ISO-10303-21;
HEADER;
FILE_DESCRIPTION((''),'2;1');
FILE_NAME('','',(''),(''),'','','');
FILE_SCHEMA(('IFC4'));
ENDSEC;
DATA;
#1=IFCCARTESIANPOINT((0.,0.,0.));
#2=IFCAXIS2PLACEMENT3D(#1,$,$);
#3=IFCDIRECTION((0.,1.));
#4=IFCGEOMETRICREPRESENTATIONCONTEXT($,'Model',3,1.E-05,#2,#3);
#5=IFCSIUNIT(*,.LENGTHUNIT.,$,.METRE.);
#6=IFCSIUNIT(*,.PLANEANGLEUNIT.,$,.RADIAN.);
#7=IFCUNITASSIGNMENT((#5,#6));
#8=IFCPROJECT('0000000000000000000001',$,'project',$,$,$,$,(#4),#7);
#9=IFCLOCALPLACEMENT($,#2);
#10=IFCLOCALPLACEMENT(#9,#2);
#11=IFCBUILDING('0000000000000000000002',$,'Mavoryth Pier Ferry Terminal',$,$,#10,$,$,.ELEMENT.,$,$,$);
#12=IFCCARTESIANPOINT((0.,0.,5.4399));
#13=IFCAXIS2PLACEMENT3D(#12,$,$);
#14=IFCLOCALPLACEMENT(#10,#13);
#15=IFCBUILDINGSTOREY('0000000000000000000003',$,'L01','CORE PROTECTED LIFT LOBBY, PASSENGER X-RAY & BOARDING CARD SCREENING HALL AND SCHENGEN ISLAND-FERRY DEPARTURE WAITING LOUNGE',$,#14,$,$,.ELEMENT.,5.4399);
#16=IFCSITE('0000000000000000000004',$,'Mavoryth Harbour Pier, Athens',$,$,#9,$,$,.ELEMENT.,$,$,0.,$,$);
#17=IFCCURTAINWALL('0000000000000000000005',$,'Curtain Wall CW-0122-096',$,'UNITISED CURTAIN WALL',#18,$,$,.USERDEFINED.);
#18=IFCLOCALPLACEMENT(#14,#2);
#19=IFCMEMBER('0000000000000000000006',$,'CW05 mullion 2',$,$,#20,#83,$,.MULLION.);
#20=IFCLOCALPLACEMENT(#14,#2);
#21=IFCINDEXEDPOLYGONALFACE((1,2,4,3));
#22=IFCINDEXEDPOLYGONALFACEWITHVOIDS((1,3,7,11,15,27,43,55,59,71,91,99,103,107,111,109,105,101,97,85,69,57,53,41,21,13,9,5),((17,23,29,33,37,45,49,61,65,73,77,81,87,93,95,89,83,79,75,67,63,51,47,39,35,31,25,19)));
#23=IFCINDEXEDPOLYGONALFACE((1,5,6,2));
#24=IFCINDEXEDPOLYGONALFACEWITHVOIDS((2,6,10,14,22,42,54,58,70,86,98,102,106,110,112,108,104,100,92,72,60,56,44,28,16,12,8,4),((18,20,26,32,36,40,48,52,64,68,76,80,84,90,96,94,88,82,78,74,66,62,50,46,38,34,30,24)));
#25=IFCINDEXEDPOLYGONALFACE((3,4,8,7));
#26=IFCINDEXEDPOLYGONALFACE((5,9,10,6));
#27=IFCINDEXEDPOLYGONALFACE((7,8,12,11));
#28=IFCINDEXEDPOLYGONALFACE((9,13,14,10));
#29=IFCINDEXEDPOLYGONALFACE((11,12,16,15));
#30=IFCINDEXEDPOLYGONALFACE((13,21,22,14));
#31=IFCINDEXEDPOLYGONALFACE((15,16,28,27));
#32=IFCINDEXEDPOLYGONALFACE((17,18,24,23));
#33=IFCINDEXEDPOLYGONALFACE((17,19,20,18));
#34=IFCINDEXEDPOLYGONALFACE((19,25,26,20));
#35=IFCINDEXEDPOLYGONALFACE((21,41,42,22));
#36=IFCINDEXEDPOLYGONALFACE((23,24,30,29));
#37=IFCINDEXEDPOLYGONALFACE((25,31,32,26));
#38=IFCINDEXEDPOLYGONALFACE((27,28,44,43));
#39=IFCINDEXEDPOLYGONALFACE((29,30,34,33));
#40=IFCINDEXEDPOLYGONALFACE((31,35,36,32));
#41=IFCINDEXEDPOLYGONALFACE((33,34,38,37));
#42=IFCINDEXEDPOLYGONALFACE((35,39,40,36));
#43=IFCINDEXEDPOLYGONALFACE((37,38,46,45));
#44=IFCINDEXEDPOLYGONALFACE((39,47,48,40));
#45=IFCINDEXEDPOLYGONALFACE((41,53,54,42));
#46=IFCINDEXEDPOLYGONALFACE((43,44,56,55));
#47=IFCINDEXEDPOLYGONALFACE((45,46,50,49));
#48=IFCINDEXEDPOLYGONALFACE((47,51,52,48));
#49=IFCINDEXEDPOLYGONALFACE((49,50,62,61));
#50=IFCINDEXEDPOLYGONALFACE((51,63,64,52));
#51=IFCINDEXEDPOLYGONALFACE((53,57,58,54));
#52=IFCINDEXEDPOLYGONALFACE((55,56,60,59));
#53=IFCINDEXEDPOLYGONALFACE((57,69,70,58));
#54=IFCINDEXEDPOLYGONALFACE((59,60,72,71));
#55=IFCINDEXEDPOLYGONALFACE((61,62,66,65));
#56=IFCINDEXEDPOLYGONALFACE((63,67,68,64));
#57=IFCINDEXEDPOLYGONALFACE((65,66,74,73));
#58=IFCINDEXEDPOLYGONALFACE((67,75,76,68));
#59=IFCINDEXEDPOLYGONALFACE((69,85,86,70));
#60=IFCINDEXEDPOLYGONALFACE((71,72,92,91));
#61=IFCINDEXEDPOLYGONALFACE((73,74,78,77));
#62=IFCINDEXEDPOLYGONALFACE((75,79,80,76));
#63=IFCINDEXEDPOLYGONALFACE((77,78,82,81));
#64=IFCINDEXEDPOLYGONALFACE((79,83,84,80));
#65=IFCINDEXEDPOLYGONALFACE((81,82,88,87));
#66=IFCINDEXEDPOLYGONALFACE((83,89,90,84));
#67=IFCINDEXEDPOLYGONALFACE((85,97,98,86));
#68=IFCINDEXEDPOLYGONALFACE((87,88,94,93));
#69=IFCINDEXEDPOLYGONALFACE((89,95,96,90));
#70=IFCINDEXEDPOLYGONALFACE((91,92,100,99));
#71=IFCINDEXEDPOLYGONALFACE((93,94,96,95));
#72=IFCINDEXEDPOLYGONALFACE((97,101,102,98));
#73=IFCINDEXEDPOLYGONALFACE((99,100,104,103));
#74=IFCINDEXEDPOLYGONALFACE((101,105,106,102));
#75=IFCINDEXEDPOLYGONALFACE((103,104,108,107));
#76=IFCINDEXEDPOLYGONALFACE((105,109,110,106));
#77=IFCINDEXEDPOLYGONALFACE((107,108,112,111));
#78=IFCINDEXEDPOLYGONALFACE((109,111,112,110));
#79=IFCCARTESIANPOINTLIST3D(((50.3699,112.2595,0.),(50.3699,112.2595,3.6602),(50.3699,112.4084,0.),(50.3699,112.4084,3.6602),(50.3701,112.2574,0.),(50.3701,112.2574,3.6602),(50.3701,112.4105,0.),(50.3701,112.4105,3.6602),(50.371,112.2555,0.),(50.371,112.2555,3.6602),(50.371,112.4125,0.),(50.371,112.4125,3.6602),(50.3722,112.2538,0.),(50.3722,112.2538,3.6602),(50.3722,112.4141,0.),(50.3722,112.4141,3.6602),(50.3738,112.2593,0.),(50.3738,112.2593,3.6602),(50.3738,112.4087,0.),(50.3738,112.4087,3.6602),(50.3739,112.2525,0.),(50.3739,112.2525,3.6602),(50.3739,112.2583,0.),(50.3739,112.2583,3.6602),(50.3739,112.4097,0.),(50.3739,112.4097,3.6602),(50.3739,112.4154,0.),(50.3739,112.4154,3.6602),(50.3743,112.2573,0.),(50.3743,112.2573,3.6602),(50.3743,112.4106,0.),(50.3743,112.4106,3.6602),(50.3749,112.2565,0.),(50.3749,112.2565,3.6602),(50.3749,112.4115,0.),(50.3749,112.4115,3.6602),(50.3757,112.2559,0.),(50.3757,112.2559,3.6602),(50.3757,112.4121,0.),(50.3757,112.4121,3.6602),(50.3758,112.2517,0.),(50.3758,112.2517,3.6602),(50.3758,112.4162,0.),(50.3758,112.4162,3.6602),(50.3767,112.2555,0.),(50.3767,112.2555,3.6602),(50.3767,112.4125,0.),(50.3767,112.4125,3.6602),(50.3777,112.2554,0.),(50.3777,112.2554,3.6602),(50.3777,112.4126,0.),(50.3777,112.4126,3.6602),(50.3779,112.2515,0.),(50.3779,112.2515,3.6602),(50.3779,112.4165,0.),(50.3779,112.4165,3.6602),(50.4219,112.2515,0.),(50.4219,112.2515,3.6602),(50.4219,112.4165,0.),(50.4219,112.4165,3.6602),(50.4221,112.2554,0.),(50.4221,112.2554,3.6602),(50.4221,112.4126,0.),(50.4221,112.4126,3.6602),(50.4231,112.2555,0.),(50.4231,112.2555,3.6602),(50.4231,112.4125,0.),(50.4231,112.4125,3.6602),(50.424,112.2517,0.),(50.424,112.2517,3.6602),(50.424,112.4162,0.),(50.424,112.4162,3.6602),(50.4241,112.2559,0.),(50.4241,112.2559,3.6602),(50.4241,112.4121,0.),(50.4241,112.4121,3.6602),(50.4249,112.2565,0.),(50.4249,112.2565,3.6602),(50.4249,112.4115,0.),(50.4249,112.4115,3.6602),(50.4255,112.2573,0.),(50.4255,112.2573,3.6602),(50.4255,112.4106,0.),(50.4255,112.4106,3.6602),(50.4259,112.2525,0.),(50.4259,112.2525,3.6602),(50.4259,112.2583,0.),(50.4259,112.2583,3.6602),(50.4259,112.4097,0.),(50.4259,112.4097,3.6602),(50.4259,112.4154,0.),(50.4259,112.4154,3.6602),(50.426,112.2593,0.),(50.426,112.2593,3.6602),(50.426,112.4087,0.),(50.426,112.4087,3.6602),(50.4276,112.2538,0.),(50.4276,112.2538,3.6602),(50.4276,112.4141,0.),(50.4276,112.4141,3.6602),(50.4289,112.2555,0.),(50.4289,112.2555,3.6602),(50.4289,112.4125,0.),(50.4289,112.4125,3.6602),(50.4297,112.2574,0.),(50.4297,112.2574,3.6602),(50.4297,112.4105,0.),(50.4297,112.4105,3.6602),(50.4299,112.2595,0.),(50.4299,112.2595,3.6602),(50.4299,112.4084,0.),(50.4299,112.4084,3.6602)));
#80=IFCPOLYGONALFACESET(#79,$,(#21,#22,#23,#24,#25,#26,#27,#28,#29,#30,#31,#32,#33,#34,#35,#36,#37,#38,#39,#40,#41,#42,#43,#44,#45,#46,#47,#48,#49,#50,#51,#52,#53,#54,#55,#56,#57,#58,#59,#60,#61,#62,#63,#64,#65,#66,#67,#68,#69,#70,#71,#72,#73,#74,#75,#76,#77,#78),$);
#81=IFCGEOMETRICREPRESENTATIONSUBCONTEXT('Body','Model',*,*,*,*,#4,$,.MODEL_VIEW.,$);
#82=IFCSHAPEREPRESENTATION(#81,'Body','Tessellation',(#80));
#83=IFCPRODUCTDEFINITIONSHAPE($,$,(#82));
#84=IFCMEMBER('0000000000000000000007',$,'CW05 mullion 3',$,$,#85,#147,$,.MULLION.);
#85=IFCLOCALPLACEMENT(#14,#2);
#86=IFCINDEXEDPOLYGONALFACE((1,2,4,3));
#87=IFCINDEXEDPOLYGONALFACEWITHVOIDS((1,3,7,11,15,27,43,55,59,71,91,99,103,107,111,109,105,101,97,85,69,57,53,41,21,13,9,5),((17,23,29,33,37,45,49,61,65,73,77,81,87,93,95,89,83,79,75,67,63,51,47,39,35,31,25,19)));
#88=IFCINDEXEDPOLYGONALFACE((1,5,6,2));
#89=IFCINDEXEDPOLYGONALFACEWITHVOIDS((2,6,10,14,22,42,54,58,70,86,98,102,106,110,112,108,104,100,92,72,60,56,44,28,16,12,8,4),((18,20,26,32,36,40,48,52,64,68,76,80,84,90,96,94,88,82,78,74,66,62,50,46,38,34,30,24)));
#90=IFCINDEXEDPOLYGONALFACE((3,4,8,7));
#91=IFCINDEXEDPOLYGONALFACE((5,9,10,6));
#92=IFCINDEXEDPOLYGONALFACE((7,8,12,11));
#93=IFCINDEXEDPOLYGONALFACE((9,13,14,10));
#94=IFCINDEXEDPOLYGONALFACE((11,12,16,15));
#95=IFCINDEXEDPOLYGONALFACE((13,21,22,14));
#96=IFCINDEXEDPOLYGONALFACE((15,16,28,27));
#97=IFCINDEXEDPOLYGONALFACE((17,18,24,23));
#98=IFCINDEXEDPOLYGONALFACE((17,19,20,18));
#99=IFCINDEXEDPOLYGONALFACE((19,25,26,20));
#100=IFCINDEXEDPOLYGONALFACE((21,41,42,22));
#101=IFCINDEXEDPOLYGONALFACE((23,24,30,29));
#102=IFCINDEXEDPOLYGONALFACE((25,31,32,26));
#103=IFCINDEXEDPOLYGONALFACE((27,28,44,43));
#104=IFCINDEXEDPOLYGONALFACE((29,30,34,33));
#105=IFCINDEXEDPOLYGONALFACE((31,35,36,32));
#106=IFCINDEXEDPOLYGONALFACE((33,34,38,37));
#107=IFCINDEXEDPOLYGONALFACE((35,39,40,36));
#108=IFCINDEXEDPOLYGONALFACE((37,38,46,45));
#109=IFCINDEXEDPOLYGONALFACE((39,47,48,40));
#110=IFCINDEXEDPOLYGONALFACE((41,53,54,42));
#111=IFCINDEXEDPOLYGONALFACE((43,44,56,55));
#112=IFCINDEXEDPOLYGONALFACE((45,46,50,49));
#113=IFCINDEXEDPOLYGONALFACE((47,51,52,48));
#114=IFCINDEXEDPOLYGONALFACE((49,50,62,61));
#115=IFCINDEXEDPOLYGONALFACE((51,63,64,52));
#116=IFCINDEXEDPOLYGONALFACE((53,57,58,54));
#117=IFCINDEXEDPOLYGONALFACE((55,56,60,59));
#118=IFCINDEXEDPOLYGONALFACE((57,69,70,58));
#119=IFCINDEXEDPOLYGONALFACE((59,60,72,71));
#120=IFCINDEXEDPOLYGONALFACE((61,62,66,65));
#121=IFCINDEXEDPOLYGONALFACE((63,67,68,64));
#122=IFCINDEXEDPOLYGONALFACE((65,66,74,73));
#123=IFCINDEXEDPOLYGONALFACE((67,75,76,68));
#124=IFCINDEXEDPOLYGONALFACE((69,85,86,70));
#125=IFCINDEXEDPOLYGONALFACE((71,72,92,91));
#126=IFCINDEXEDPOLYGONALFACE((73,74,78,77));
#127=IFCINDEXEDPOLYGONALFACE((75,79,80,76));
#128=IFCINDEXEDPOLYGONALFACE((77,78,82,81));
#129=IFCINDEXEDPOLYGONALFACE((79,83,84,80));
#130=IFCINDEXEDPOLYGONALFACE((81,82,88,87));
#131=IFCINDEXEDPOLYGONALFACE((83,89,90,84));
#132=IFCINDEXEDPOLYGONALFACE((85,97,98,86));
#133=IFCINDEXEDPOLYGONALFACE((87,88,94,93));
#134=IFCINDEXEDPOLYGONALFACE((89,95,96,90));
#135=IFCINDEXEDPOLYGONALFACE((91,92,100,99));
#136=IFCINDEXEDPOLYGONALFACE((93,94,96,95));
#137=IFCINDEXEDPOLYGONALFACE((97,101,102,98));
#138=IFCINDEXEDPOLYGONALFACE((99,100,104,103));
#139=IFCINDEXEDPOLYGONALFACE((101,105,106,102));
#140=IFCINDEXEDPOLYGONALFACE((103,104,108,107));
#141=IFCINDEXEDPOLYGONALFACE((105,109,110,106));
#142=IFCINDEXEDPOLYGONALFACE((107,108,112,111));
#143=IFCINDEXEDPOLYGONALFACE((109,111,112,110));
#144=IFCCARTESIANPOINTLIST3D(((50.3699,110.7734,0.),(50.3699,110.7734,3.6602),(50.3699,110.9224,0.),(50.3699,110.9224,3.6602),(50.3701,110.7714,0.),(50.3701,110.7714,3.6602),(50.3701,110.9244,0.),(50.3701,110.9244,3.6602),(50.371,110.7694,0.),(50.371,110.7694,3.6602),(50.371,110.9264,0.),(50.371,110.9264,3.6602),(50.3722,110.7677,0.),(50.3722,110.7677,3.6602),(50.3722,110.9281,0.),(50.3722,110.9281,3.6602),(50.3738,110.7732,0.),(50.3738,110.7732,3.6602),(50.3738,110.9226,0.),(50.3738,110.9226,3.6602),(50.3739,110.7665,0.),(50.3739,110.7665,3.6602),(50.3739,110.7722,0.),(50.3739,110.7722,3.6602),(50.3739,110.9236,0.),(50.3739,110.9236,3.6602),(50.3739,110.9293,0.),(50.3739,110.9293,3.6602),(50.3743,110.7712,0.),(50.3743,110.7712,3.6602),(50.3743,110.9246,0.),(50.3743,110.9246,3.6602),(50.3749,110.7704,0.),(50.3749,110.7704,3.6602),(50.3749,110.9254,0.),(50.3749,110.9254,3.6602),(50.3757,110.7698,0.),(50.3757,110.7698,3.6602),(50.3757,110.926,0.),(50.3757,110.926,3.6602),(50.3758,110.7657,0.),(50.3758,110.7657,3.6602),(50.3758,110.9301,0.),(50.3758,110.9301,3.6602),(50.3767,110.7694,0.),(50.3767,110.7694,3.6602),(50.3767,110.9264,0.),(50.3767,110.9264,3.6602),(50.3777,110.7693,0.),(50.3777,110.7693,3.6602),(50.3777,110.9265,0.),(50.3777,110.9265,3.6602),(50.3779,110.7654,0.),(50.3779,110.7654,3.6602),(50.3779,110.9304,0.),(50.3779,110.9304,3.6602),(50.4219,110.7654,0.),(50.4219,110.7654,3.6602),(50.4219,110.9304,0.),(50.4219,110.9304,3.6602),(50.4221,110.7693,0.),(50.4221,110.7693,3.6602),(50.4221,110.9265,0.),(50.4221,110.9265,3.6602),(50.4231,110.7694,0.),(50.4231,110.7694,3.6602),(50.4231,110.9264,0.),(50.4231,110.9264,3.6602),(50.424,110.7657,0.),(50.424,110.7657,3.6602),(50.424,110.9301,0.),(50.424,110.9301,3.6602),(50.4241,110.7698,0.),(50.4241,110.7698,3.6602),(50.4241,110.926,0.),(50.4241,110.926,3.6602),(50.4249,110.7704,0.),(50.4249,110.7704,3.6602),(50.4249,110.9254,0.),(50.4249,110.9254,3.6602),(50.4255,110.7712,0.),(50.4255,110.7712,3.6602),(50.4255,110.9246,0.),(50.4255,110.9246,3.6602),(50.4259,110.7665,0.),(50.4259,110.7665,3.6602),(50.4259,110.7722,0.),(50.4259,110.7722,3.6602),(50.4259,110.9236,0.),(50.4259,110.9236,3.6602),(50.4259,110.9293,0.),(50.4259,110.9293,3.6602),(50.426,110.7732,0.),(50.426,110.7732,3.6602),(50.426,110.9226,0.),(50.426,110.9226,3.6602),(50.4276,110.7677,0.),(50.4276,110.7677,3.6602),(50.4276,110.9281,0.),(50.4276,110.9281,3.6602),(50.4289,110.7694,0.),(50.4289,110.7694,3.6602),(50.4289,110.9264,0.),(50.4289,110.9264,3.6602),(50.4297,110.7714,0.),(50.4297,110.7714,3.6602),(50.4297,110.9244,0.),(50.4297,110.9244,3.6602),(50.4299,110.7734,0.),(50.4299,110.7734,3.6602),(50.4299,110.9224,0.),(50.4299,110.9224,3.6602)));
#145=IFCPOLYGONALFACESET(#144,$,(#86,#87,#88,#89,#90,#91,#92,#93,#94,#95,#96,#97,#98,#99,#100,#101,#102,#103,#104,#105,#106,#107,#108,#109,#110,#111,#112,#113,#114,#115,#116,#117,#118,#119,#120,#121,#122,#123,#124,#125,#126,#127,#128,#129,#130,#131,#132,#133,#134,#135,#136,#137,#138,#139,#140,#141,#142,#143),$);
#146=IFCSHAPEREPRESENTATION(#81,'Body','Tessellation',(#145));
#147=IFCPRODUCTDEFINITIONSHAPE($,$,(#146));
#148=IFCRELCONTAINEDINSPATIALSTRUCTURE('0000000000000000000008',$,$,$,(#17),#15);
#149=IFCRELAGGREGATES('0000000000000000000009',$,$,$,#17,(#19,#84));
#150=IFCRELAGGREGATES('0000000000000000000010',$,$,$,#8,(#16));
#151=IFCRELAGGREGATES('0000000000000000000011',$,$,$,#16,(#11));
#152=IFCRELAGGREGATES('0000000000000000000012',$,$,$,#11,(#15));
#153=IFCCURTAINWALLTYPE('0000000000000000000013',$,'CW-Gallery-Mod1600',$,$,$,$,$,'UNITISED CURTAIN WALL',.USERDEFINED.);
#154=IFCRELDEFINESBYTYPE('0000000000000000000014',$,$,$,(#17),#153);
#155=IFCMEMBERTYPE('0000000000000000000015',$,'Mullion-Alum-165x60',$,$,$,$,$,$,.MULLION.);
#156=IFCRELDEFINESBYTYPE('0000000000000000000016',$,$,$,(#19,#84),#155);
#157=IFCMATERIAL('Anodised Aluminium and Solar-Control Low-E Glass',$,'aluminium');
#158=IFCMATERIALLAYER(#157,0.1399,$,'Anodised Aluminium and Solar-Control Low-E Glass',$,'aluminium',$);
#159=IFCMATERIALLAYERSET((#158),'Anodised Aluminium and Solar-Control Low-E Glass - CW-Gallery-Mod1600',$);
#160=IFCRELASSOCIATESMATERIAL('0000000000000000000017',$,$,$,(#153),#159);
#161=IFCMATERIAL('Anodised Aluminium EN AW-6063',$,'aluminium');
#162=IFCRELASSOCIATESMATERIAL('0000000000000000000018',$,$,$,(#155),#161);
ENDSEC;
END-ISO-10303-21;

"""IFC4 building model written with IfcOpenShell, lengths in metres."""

from ifc_helpers import new_model, si_unit, direction, frame, origin, origin_2d, place, context, subcontext, project, spatial, hollow_rectangle, extrude, material, layer, layer_set, material_profile, profile_set, type_object, element, aggregate, save


model = new_model("IFC4")

# Units and contexts
model_context = context("Model", 3, precision=1e-05, world=origin(), true_north=direction((0.0, 1.0)))
body_context = subcontext(model_context, "Body", "Model", "MODEL_VIEW")
ifc_project = project(units=[si_unit("LENGTHUNIT", "METRE"), si_unit("PLANEANGLEUNIT", "RADIAN")], contexts=[model_context])

# Site, building, storey
site_placement = place(None, origin())
site = spatial("IfcSite", under=ifc_project, at=site_placement, Name="Mavoryth Harbour Pier, Athens", CompositionType="ELEMENT", RefElevation=0.0)
building_placement = place(site_placement, origin())
building = spatial("IfcBuilding", under=site, at=building_placement, Name="Mavoryth Pier Ferry Terminal", CompositionType="ELEMENT")
storey_placement = place(building_placement, frame((0.0, 0.0, 5.4399)))
storey = spatial("IfcBuildingStorey", under=building, at=storey_placement, Name="L01", Description="CORE PROTECTED LIFT LOBBY, PASSENGER X-RAY & BOARDING CARD SCREENING HALL AND SCHENGEN ISLAND-FERRY DEPARTURE WAITING LOUNGE", CompositionType="ELEMENT", Elevation=5.4399)

# Curtain wall, members
ifc_material_1 = material(Name="Anodised Aluminium and Solar-Control Low-E Glass", Category="aluminium")
ifc_layer_1 = layer(ifc_material_1, 0.1399, Name="Anodised Aluminium and Solar-Control Low-E Glass", Category="aluminium")
ifc_layer_set_1 = layer_set([ifc_layer_1], Name="Anodised Aluminium and Solar-Control Low-E Glass - CW-Gallery-Mod1600")
curtain_wall_type = type_object("IfcCurtainWallType", Name="CW-Gallery-Mod1600", ElementType="UNITISED CURTAIN WALL", PredefinedType="USERDEFINED", material=ifc_layer_set_1)
curtain_wall_placement = place(storey_placement, origin())
curtain_wall = element("IfcCurtainWall", 1, at=curtain_wall_placement, inside=storey, type_object=curtain_wall_type, Name="Curtain Wall CW-0122-096", ObjectType="UNITISED CURTAIN WALL", PredefinedType="USERDEFINED")
ifc_material_2 = material(Name="Anodised Aluminium EN AW-6063", Category="aluminium")
ifc_material_profile_1 = material_profile(ifc_material_2, hollow_rectangle(XDim=0.0601, YDim=0.165, WallThickness=0.0039, InnerFilletRadius=0.0039, OuterFilletRadius=0.0081, at=origin_2d()), Name="AL-MULL 165x60x4", Category="aluminium")
ifc_profile_set_1 = profile_set([ifc_material_profile_1], Name="Anodised Aluminium EN AW-6063 - AL-MULL 165x60x4")
member_type_1 = type_object("IfcMemberType", Name="Mullion-Alum-165x60", PredefinedType="MULLION", material=ifc_profile_set_1)
member_1_placement = place(storey_placement, frame((50.3999, 112.334, 0.0), z_axis=(0.0, 0.0, 1.0), x_axis=(1.0, 0.0, 0.0)))
member_1 = element("IfcMember", 2, at=member_1_placement, type_object=member_type_1, Name="CW05 mullion 2", PredefinedType="MULLION", context=body_context, shape_type="SweptSolid", body=[
    extrude(hollow_rectangle(XDim=0.0601, YDim=0.165, WallThickness=0.0039, InnerFilletRadius=0.0039, OuterFilletRadius=0.0081, at=origin_2d()), origin(), (0.0, 0.0, 1.0), 3.6602),
])
member_2_placement = place(storey_placement, frame((50.3999, 110.8479, 0.0), z_axis=(0.0, 0.0, 1.0), x_axis=(1.0, 0.0, 0.0)))
member_2 = element("IfcMember", 3, at=member_2_placement, type_object=member_type_1, Name="CW05 mullion 3", PredefinedType="MULLION", context=body_context, shape_type="SweptSolid", body=[
    extrude(hollow_rectangle(XDim=0.0601, YDim=0.165, WallThickness=0.0039, InnerFilletRadius=0.0039, OuterFilletRadius=0.0081, at=origin_2d()), origin(), (0.0, 0.0, 1.0), 3.6602),
])

aggregate(curtain_wall, [member_1, member_2])

save(model, "model.ifc")
